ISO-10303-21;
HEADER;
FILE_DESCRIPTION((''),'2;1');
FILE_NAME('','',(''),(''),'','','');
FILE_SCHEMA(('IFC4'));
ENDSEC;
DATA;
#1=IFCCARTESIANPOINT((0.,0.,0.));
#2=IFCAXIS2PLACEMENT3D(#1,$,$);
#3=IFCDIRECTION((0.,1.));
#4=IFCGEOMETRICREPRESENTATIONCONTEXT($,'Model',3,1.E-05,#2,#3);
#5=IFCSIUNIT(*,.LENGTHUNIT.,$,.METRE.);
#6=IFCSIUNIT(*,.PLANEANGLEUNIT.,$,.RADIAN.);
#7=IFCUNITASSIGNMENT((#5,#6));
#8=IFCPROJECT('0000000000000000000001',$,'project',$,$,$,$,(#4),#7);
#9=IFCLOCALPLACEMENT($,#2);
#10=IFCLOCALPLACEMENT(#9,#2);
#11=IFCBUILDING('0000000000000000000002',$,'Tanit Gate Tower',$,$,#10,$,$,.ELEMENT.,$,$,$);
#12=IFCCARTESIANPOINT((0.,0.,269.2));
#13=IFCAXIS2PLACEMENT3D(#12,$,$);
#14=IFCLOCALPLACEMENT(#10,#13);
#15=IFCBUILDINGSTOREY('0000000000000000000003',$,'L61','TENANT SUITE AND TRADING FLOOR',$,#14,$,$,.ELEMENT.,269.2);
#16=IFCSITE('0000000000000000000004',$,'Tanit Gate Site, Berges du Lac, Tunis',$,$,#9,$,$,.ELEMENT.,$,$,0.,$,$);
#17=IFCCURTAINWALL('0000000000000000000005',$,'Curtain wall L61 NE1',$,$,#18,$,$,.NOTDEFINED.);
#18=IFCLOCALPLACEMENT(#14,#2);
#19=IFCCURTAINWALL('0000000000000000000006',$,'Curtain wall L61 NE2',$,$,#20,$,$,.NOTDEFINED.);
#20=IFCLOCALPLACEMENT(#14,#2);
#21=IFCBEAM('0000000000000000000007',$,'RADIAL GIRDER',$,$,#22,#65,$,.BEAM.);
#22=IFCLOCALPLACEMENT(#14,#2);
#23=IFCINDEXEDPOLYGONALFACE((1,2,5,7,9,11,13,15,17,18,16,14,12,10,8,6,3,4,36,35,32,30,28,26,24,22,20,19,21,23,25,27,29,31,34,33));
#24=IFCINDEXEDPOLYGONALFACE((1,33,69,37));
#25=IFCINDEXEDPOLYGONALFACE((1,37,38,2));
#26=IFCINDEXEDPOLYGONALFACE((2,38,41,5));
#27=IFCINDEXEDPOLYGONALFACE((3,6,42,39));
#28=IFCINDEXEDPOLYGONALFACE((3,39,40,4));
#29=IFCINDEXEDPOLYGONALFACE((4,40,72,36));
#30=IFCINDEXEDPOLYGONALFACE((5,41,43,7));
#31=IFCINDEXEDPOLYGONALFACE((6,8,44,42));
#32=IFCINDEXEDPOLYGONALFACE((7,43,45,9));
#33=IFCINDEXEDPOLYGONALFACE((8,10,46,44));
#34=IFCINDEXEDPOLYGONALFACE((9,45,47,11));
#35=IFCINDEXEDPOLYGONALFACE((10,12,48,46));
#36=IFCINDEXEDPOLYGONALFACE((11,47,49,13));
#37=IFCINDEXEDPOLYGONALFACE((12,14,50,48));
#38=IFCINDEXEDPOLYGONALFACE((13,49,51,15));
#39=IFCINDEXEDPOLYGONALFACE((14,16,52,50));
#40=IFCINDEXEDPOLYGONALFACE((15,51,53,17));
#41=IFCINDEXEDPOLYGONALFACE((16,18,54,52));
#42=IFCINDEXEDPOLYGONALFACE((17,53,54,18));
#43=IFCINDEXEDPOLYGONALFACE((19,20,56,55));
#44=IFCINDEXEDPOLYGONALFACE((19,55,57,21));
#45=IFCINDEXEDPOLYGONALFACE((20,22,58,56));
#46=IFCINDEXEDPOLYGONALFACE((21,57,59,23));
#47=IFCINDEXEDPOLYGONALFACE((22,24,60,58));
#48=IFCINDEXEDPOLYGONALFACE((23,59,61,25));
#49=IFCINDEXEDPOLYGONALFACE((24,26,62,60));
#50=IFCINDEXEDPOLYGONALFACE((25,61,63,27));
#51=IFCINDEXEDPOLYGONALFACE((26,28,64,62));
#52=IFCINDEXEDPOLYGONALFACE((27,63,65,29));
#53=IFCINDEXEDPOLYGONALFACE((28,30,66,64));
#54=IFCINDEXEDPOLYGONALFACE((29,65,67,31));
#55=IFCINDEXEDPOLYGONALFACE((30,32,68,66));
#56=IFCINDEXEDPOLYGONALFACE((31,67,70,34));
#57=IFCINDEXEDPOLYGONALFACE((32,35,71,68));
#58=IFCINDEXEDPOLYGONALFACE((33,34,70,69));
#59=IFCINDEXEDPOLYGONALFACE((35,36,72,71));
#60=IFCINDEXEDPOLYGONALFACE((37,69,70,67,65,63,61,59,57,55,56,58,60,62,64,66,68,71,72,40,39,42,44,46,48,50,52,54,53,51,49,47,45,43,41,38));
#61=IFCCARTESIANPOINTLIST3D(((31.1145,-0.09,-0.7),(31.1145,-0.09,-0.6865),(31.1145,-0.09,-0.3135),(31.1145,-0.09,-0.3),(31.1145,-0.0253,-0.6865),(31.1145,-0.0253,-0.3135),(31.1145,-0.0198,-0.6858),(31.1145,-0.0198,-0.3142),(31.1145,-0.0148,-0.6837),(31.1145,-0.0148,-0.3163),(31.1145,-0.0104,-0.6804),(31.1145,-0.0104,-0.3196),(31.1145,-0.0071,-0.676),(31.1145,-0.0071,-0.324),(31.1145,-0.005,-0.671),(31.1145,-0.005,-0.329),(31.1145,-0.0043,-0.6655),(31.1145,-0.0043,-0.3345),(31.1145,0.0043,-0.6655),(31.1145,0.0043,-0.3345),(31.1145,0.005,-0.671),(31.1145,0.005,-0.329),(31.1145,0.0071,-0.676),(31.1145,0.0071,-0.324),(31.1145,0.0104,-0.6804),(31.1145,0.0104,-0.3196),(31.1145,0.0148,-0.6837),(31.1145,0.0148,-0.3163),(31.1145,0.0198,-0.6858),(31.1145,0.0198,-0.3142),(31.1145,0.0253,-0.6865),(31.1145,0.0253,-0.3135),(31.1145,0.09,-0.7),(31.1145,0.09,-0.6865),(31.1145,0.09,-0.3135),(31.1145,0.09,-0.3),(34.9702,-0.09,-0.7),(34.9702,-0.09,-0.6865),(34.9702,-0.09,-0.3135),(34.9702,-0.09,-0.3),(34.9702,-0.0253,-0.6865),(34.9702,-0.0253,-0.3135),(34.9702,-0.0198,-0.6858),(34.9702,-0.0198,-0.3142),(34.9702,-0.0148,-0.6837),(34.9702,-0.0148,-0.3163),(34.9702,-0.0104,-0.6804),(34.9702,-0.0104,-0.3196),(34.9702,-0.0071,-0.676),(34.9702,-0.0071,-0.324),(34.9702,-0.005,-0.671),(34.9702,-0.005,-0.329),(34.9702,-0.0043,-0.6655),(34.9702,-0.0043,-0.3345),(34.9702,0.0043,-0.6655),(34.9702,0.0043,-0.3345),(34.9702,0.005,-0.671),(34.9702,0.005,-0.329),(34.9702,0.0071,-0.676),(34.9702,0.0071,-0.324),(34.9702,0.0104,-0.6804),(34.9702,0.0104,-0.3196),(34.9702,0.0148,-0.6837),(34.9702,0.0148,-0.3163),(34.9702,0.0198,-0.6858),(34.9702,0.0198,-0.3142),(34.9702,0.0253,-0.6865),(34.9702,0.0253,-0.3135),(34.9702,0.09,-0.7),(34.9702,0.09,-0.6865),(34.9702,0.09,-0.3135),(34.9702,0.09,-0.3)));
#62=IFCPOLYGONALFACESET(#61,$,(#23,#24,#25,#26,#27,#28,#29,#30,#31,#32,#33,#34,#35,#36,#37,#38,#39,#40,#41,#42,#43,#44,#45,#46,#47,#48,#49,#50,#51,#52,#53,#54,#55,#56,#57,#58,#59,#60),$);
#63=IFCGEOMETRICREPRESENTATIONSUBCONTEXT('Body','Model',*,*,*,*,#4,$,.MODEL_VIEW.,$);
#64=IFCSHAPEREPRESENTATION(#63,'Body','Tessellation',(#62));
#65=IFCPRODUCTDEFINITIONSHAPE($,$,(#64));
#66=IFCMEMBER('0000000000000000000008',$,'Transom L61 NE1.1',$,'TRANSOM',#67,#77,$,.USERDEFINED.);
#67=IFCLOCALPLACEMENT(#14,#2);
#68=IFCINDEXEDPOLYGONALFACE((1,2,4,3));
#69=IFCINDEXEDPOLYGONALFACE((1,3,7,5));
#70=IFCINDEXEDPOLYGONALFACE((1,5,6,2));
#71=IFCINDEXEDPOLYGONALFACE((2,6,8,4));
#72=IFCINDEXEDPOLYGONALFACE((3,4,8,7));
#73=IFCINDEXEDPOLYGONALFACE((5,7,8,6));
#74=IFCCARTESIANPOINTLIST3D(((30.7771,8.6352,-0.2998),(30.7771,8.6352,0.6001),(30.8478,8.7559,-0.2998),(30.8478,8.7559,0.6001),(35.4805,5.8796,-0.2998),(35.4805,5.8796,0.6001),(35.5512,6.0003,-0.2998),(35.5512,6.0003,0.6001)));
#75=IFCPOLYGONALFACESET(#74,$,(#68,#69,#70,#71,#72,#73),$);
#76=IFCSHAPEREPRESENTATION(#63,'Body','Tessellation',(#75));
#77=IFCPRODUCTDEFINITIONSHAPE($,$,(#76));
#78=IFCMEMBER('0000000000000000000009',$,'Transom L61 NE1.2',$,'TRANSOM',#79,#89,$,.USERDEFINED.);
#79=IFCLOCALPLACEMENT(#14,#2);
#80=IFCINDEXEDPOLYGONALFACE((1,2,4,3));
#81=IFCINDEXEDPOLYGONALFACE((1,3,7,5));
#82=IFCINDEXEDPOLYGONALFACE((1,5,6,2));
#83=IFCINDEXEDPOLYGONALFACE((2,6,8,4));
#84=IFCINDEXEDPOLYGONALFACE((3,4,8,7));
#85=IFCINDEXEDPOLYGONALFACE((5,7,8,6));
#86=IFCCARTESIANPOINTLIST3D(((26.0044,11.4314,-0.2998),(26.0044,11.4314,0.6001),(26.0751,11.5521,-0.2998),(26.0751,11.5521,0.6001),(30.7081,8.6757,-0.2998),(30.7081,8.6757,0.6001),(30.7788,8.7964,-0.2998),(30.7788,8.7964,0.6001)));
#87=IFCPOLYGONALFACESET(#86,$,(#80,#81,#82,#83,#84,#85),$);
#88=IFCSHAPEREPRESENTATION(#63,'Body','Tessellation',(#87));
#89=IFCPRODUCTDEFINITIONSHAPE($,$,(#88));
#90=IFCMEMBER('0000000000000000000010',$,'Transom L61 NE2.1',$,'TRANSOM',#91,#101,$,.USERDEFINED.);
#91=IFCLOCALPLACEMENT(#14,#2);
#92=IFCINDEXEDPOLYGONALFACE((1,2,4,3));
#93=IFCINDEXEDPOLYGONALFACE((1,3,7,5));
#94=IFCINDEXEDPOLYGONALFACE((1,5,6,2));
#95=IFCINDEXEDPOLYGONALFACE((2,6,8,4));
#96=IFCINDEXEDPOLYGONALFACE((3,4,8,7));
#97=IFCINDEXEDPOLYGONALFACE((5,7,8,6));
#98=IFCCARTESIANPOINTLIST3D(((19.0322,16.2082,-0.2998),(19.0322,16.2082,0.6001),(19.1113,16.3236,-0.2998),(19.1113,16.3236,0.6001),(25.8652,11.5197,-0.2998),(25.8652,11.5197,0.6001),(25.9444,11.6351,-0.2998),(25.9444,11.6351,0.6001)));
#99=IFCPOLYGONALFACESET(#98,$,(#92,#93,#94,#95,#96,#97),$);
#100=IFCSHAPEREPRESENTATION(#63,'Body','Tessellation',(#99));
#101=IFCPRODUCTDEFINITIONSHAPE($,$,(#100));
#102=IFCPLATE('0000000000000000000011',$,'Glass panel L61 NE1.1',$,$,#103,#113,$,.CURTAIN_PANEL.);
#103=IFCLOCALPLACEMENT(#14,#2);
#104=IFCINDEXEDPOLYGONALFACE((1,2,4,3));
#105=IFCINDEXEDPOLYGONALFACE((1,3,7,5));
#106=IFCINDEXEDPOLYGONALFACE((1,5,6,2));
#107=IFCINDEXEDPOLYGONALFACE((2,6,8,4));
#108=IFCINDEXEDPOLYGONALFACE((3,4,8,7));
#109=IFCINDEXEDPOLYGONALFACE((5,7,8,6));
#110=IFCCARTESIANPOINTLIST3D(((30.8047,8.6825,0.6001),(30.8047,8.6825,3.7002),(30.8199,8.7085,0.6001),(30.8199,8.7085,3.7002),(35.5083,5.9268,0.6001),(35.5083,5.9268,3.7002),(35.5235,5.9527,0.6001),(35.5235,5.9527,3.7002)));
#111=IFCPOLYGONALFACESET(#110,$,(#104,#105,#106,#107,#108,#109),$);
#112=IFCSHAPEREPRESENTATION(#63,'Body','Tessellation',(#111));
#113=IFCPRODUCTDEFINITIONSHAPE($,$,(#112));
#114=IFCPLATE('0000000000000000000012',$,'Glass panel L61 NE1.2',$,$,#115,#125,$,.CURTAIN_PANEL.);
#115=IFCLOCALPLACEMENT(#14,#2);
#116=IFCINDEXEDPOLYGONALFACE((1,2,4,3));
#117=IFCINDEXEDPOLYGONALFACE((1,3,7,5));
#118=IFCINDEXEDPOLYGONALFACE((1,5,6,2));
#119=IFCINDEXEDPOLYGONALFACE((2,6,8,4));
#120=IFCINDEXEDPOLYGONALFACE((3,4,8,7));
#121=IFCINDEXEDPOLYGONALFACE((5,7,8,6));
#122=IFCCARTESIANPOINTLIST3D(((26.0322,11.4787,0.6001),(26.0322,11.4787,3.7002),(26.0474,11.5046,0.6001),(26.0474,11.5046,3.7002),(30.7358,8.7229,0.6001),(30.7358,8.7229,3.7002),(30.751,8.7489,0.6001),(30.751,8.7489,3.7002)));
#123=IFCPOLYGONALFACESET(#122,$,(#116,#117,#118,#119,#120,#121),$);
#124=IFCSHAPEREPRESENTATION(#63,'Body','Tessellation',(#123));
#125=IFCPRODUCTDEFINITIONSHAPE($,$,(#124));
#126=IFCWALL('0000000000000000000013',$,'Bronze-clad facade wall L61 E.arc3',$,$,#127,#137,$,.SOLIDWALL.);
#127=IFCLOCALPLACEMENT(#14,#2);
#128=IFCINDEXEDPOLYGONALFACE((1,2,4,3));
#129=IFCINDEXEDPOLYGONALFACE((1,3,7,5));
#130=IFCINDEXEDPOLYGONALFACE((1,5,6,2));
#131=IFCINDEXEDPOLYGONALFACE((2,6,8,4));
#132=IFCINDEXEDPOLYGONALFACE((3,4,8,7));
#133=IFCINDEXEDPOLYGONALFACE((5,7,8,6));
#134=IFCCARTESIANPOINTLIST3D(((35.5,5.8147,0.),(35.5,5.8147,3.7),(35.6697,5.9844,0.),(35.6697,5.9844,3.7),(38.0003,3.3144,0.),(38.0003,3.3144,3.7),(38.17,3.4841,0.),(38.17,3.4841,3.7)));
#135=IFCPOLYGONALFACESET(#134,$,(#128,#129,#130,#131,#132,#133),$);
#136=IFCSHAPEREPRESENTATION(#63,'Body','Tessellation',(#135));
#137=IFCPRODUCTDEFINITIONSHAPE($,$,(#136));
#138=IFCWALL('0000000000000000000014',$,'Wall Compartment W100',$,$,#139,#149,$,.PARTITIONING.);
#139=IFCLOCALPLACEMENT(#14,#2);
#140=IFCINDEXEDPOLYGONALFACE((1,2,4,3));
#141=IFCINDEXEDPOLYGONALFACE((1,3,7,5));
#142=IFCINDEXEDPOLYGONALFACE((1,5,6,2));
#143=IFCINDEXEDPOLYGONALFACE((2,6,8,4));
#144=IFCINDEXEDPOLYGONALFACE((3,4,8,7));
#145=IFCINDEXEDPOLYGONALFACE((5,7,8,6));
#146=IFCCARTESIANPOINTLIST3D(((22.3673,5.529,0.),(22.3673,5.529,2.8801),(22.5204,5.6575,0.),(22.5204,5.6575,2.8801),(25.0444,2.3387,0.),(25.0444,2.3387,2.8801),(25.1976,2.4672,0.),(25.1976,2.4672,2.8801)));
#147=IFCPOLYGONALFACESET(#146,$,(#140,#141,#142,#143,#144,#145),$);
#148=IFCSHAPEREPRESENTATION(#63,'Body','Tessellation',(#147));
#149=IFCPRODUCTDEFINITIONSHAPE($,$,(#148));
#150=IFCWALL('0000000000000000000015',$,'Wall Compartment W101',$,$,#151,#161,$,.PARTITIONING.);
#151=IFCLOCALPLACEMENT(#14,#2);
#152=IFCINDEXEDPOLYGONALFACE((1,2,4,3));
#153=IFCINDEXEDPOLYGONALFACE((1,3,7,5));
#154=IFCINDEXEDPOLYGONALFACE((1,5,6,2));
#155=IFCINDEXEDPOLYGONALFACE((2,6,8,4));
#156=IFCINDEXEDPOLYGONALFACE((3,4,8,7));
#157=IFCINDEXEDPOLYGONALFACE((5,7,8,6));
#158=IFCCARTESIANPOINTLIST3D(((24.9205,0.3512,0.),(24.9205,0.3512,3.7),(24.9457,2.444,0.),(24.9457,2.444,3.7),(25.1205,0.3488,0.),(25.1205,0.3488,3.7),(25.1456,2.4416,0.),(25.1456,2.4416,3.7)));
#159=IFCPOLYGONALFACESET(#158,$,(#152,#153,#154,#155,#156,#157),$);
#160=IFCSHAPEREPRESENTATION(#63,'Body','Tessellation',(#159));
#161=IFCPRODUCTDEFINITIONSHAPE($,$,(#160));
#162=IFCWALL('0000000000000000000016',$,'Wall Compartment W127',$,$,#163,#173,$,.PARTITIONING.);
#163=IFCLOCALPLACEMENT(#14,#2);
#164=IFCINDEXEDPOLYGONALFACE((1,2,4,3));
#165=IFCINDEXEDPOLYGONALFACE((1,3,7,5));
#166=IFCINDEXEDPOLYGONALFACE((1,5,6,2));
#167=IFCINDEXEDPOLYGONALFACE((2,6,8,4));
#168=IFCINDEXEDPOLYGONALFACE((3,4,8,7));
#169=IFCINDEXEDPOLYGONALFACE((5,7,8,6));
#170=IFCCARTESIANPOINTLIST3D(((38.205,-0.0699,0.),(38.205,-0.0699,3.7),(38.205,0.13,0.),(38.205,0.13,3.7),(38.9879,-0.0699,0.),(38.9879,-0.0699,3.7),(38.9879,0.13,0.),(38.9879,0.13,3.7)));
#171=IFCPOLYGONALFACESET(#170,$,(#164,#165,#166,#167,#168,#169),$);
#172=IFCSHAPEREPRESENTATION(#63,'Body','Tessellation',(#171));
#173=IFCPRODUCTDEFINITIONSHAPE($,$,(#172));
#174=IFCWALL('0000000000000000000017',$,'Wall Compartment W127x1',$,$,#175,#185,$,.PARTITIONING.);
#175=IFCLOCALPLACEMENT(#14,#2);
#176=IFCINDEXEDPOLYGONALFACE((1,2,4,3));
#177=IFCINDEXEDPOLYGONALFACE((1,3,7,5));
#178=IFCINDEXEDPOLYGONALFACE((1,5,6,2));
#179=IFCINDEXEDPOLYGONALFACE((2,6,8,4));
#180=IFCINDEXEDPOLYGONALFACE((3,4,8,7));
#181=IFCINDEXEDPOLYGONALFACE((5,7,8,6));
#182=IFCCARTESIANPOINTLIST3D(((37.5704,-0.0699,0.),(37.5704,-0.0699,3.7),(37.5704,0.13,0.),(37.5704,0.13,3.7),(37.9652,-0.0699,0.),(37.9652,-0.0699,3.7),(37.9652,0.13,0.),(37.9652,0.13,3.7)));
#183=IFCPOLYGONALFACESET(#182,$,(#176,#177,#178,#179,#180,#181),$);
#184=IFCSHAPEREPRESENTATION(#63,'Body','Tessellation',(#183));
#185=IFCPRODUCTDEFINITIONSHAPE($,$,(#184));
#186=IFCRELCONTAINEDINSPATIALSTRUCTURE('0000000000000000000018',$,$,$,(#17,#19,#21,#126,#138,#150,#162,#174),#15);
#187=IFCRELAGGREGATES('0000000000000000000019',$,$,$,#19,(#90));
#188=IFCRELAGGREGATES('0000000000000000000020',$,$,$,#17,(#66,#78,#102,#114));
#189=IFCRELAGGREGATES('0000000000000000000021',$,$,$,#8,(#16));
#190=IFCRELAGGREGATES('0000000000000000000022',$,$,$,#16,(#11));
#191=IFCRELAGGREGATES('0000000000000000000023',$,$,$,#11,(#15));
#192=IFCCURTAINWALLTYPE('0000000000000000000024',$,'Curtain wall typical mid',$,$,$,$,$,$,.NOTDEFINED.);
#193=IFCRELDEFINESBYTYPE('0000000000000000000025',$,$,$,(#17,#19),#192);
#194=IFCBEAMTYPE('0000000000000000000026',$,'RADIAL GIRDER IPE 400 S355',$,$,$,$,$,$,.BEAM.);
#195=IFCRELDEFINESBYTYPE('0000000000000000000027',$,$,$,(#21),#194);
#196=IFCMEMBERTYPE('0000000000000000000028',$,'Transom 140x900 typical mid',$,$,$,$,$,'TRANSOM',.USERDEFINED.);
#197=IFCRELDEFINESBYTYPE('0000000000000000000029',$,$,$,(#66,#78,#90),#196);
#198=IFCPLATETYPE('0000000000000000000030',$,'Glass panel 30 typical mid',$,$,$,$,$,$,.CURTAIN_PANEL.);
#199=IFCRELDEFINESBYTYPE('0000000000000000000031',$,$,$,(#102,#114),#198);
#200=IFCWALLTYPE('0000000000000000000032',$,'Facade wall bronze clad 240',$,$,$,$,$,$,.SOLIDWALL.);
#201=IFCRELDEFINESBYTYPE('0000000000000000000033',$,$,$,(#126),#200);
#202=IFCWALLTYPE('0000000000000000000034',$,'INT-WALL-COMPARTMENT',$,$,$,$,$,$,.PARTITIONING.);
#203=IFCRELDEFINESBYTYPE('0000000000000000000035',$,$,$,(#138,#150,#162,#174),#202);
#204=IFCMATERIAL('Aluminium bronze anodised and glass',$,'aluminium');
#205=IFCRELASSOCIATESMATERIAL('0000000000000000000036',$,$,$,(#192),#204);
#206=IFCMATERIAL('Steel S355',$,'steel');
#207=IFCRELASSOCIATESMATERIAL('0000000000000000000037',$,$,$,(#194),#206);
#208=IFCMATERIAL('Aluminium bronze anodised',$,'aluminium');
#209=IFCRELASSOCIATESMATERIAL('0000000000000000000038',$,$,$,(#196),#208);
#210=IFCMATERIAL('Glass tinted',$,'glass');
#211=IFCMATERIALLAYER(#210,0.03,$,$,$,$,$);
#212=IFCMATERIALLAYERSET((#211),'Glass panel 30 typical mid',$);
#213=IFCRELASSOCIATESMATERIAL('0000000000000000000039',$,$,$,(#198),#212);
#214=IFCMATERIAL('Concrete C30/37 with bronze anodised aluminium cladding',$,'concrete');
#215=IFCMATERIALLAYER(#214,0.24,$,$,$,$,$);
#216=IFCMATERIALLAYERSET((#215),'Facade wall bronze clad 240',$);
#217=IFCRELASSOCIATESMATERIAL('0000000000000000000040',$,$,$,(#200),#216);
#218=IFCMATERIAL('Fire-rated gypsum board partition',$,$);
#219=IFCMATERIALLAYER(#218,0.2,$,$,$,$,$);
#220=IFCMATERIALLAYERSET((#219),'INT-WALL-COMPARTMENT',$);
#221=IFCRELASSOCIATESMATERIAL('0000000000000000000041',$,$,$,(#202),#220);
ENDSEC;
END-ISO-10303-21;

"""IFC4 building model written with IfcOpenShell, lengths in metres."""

from ifc_helpers import new_model, si_unit, direction, frame, frame_2d, origin, origin_2d, place, context, subcontext, project, spatial, rectangle, i_section, extrude, material, layer, layer_set, material_profile, profile_set, type_object, element, aggregate, save


model = new_model("IFC4")

# Units and contexts
model_context = context("Model", 3, precision=1e-05, world=origin(), true_north=direction((0.0, 1.0)))
body_context = subcontext(model_context, "Body", "Model", "MODEL_VIEW")
ifc_project = project(units=[si_unit("LENGTHUNIT", "METRE"), si_unit("PLANEANGLEUNIT", "RADIAN")], contexts=[model_context])

# Site, building, storey
site_placement = place(None, origin())
site = spatial("IfcSite", under=ifc_project, at=site_placement, Name="Tanit Gate Site, Berges du Lac, Tunis", CompositionType="ELEMENT", RefElevation=0.0)
building_placement = place(site_placement, origin())
building = spatial("IfcBuilding", under=site, at=building_placement, Name="Tanit Gate Tower", CompositionType="ELEMENT")
storey_placement = place(building_placement, frame((0.0, 0.0, 269.2)))
storey = spatial("IfcBuildingStorey", under=building, at=storey_placement, Name="L61", Description="TENANT SUITE AND TRADING FLOOR", CompositionType="ELEMENT", Elevation=269.2)

# Curtain walls
ifc_material_1 = material(Name="Aluminium bronze anodised and glass", Category="aluminium")
curtain_wall_type = type_object("IfcCurtainWallType", Name="Curtain wall typical mid", PredefinedType="NOTDEFINED", material=ifc_material_1)
curtain_wall_1_placement = place(storey_placement, origin())
curtain_wall_1 = element("IfcCurtainWall", 1, at=curtain_wall_1_placement, inside=storey, type_object=curtain_wall_type, Name="Curtain wall L61 NE1", PredefinedType="NOTDEFINED")
curtain_wall_2_placement = place(storey_placement, origin())
curtain_wall_2 = element("IfcCurtainWall", 2, at=curtain_wall_2_placement, inside=storey, type_object=curtain_wall_type, Name="Curtain wall L61 NE2", PredefinedType="NOTDEFINED")

# Beam
ifc_material_2 = material(Name="Steel S355", Category="steel")
ifc_material_profile_1 = material_profile(ifc_material_2, i_section(OverallWidth=0.1799, OverallDepth=0.3999, WebThickness=0.0085, FlangeThickness=0.0134, FilletRadius=0.021, at=origin_2d()), Name="IPE 400")
ifc_profile_set_1 = profile_set([ifc_material_profile_1], Name="Steel S355")
beam_type_1 = type_object("IfcBeamType", Name="RADIAL GIRDER IPE 400 S355", PredefinedType="BEAM", material=ifc_profile_set_1)
beam_1_placement = place(storey_placement, frame((34.9702, 0.0, -0.5), z_axis=(-1.0, 0.0, 0.0), x_axis=(0.0, -1.0, 0.0)))
element("IfcBeam", 3, at=beam_1_placement, inside=storey, type_object=beam_type_1, Name="RADIAL GIRDER", PredefinedType="BEAM", context=body_context, shape_type="SweptSolid", body=[
    extrude(i_section(OverallWidth=0.1799, OverallDepth=0.3999, WebThickness=0.0085, FlangeThickness=0.0134, FilletRadius=0.021, at=origin_2d()), origin(), (0.0, 0.0, 1.0), 3.8557),
])

# Members
ifc_material_3 = material(Name="Aluminium bronze anodised", Category="aluminium")
ifc_material_profile_2 = material_profile(ifc_material_3, rectangle(XDim=0.1399, YDim=0.8999, at=origin_2d()), Name="140x900 bronze transom")
ifc_profile_set_2 = profile_set([ifc_material_profile_2], Name="Aluminium bronze anodised")
member_type_1 = type_object("IfcMemberType", Name="Transom 140x900 typical mid", ElementType="TRANSOM", PredefinedType="USERDEFINED", material=ifc_profile_set_2)
member_1_placement = place(storey_placement, frame((35.5159, 5.9399, 0.1501), z_axis=(-0.862821, 0.50551, 0.0), x_axis=(-0.50551, -0.862821, 0.0)))
member_1 = element("IfcMember", 4, at=member_1_placement, type_object=member_type_1, Name="Transom L61 NE1.1", ObjectType="TRANSOM", PredefinedType="USERDEFINED", context=body_context, shape_type="SweptSolid", body=[
    extrude(rectangle(XDim=0.1399, YDim=0.8999, at=origin_2d()), origin(), (0.0, 0.0, 1.0), 5.4512),
])
member_2_placement = place(storey_placement, frame((30.7434, 8.7361, 0.1501), z_axis=(-0.862832, 0.505491, 0.0), x_axis=(-0.505491, -0.862832, 0.0)))
member_2 = element("IfcMember", 5, at=member_2_placement, type_object=member_type_1, Name="Transom L61 NE1.2", ObjectType="TRANSOM", PredefinedType="USERDEFINED", context=body_context, shape_type="SweptSolid", body=[
    extrude(rectangle(XDim=0.1399, YDim=0.8999, at=origin_2d()), origin(), (0.0, 0.0, 1.0), 5.4514),
])
member_3_placement = place(storey_placement, frame((25.9048, 11.5774, 0.1501), z_axis=(-0.824561, 0.565773, 0.0), x_axis=(-0.565773, -0.824561, 0.0)))
member_3 = element("IfcMember", 6, at=member_3_placement, type_object=member_type_1, Name="Transom L61 NE2.1", ObjectType="TRANSOM", PredefinedType="USERDEFINED", context=body_context, shape_type="SweptSolid", body=[
    extrude(rectangle(XDim=0.1399, YDim=0.8999, at=origin_2d()), origin(), (0.0, 0.0, 1.0), 8.2869),
])
aggregate(curtain_wall_2, [member_3])

# Plates
ifc_material_4 = material(Name="Glass tinted", Category="glass")
ifc_layer_1 = layer(ifc_material_4, 0.03)
ifc_layer_set_1 = layer_set([ifc_layer_1], Name="Glass panel 30 typical mid")
plate_type = type_object("IfcPlateType", Name="Glass panel 30 typical mid", PredefinedType="CURTAIN_PANEL", material=ifc_layer_set_1)
plate_1_placement = place(storey_placement, frame((33.1641, 7.3176, 0.6001), z_axis=(0.0, 0.0, 1.0), x_axis=(-0.862821, 0.50551, 0.0)))
plate_1 = element("IfcPlate", 7, at=plate_1_placement, type_object=plate_type, Name="Glass panel L61 NE1.1", PredefinedType="CURTAIN_PANEL", context=body_context, shape_type="SweptSolid", body=[
    extrude(rectangle(XDim=5.4514, YDim=0.03, at=origin_2d()), origin(), (0.0, 0.0, 1.0), 3.1001),
])
plate_2_placement = place(storey_placement, frame((28.3916, 10.1138, 0.6001), z_axis=(0.0, 0.0, 1.0), x_axis=(-0.862821, 0.50551, 0.0)))
plate_2 = element("IfcPlate", 8, at=plate_2_placement, type_object=plate_type, Name="Glass panel L61 NE1.2", PredefinedType="CURTAIN_PANEL", context=body_context, shape_type="SweptSolid", body=[
    extrude(rectangle(XDim=5.4514, YDim=0.03, at=origin_2d()), origin(), (0.0, 0.0, 1.0), 3.1001),
])
aggregate(curtain_wall_1, [member_1, member_2, plate_1, plate_2])

# Walls
ifc_material_5 = material(Name="Concrete C30/37 with bronze anodised aluminium cladding", Category="concrete")
ifc_layer_2 = layer(ifc_material_5, 0.24)
ifc_layer_set_2 = layer_set([ifc_layer_2], Name="Facade wall bronze clad 240")
wall_type_1 = type_object("IfcWallType", Name="Facade wall bronze clad 240", PredefinedType="SOLIDWALL", material=ifc_layer_set_2)
wall_1_placement = place(storey_placement, frame((38.0852, 3.3992, 0.0), z_axis=(0.0, 0.0, 1.0), x_axis=(-0.707107, 0.707107, 0.0)))
element("IfcWall", 9, at=wall_1_placement, inside=storey, type_object=wall_type_1, Name="Bronze-clad facade wall L61 E.arc3", PredefinedType="SOLIDWALL", context=body_context, shape_type="SweptSolid", body=[
    extrude(rectangle(XDim=3.5359, YDim=0.24, at=frame_2d((1.7681, 0.0))), origin(), (0.0, 0.0, 1.0), 3.7),
])
ifc_material_6 = material(Name="Fire-rated gypsum board partition")
ifc_layer_3 = layer(ifc_material_6, 0.2)
ifc_layer_set_3 = layer_set([ifc_layer_3], Name="INT-WALL-COMPARTMENT")
wall_type_2 = type_object("IfcWallType", Name="INT-WALL-COMPARTMENT", PredefinedType="PARTITIONING", material=ifc_layer_set_3)
wall_2_placement = place(storey_placement, frame((25.1211, 2.4028, 0.0), z_axis=(0.0, 0.0, 1.0), x_axis=(-0.64281, 0.766026, 0.0)))
element("IfcWall", 10, at=wall_2_placement, inside=storey, type_object=wall_type_2, Name="Wall Compartment W100", PredefinedType="PARTITIONING", context=body_context, shape_type="SweptSolid", body=[
    extrude(rectangle(XDim=4.1648, YDim=0.2, at=frame_2d((2.0825, 0.0))), origin(), (0.0, 0.0, 1.0), 2.8801),
])
wall_3_placement = place(storey_placement, frame((25.0205, 0.3501, 0.0), z_axis=(0.0, 0.0, 1.0), x_axis=(0.012015, 0.999928, 0.0)))
element("IfcWall", 11, at=wall_3_placement, inside=storey, type_object=wall_type_2, Name="Wall Compartment W101", PredefinedType="PARTITIONING", context=body_context, shape_type="SweptSolid", body=[
    extrude(rectangle(XDim=2.093, YDim=0.2, at=frame_2d((1.0464, 0.0))), origin(), (0.0, 0.0, 1.0), 3.7),
])
wall_4_placement = place(storey_placement, frame((38.988, 0.03, 0.0), z_axis=(0.0, 0.0, 1.0), x_axis=(-1.0, 0.0, 0.0)))
element("IfcWall", 12, at=wall_4_placement, inside=storey, type_object=wall_type_2, Name="Wall Compartment W127", PredefinedType="PARTITIONING", context=body_context, shape_type="SweptSolid", body=[
    extrude(rectangle(XDim=0.783, YDim=0.2, at=frame_2d((0.3916, 0.0))), origin(), (0.0, 0.0, 1.0), 3.7),
])
wall_5_placement = place(storey_placement, frame((37.9651, 0.03, 0.0), z_axis=(0.0, 0.0, 1.0), x_axis=(-1.0, 0.0, 0.0)))
element("IfcWall", 13, at=wall_5_placement, inside=storey, type_object=wall_type_2, Name="Wall Compartment W127x1", PredefinedType="PARTITIONING", context=body_context, shape_type="SweptSolid", body=[
    extrude(rectangle(XDim=0.3948, YDim=0.2, at=frame_2d((0.1973, 0.0))), origin(), (0.0, 0.0, 1.0), 3.7),
])

save(model, "model.ifc")
